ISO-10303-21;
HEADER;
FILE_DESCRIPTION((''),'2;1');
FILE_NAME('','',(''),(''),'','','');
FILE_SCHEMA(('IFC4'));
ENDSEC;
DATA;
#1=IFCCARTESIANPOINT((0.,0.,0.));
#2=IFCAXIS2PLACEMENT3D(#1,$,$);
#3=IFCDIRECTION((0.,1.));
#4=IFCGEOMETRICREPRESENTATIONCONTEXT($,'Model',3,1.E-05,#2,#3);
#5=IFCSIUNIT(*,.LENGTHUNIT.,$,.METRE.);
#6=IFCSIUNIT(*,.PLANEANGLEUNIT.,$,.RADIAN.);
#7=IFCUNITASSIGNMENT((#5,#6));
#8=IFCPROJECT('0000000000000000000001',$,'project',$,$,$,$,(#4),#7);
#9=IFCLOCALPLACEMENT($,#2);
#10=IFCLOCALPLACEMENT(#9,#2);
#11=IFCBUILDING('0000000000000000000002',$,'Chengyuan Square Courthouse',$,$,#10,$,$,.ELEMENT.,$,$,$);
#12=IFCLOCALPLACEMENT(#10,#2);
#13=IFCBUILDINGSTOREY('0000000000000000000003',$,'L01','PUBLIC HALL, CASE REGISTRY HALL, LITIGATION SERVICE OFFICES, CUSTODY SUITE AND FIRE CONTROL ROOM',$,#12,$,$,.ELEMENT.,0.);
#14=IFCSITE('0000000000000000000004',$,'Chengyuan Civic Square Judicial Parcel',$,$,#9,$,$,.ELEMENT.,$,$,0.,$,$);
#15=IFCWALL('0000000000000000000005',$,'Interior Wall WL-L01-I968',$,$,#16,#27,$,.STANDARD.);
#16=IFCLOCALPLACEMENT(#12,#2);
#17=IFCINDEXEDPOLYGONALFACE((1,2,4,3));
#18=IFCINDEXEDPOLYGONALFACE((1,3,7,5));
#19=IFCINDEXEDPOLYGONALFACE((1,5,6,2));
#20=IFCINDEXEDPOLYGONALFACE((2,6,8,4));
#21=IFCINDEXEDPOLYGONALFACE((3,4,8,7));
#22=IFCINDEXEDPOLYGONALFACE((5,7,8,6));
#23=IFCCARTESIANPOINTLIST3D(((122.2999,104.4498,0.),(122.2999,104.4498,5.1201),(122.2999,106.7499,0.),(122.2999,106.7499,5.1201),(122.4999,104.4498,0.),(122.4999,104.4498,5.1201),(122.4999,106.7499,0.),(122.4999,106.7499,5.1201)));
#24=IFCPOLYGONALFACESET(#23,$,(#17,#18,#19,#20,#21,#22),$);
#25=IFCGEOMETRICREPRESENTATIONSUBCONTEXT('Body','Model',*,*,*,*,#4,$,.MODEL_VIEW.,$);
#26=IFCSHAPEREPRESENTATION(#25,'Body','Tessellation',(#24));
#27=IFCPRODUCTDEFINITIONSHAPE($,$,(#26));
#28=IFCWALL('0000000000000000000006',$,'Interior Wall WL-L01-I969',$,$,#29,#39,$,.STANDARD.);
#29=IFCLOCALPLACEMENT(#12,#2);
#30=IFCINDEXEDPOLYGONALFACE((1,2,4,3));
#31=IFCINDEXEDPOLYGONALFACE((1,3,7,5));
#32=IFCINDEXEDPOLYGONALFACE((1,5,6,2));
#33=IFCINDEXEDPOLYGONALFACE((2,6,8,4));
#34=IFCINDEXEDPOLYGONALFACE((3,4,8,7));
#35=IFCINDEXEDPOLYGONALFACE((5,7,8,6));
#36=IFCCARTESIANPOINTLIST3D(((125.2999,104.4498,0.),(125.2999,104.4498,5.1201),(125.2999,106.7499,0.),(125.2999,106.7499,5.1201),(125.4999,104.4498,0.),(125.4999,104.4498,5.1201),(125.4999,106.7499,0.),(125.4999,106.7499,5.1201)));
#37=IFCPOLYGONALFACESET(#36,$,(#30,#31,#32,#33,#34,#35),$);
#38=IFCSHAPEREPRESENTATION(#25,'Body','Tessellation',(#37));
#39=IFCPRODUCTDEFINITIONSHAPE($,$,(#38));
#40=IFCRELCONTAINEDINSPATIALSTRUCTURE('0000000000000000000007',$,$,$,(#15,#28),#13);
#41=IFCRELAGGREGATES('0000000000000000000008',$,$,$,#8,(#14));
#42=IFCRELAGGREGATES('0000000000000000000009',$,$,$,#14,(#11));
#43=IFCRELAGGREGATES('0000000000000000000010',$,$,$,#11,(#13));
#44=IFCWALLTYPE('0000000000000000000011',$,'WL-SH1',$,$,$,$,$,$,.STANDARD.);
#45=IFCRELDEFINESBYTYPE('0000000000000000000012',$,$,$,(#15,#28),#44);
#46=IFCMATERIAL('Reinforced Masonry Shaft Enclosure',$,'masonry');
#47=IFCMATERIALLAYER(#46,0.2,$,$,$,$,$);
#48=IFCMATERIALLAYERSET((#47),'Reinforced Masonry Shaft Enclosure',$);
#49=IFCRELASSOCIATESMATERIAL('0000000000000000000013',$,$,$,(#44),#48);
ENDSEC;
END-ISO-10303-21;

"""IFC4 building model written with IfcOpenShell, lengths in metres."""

from ifc_helpers import new_model, si_unit, direction, frame, frame_2d, origin, place, context, subcontext, project, spatial, rectangle, extrude, material, layer, layer_set, type_object, element, save


model = new_model("IFC4")

# Units and contexts
model_context = context("Model", 3, precision=1e-05, world=origin(), true_north=direction((0.0, 1.0)))
body_context = subcontext(model_context, "Body", "Model", "MODEL_VIEW")
ifc_project = project(units=[si_unit("LENGTHUNIT", "METRE"), si_unit("PLANEANGLEUNIT", "RADIAN")], contexts=[model_context])

# Site, building, storey
site_placement = place(None, origin())
site = spatial("IfcSite", under=ifc_project, at=site_placement, Name="Chengyuan Civic Square Judicial Parcel", CompositionType="ELEMENT", RefElevation=0.0)
building_placement = place(site_placement, origin())
building = spatial("IfcBuilding", under=site, at=building_placement, Name="Chengyuan Square Courthouse", CompositionType="ELEMENT")
storey_placement = place(building_placement, origin())
storey = spatial("IfcBuildingStorey", under=building, at=storey_placement, Name="L01", Description="PUBLIC HALL, CASE REGISTRY HALL, LITIGATION SERVICE OFFICES, CUSTODY SUITE AND FIRE CONTROL ROOM", CompositionType="ELEMENT", Elevation=0.0)

# Shared definitions
ifc_material_1 = material(Name="Reinforced Masonry Shaft Enclosure", Category="masonry")
ifc_layer_1 = layer(ifc_material_1, 0.2)
ifc_layer_set_1 = layer_set([ifc_layer_1], Name="Reinforced Masonry Shaft Enclosure")
wall_type_1 = type_object("IfcWallType", Name="WL-SH1", PredefinedType="STANDARD", material=ifc_layer_set_1)

# Walls
for number, where, z_axis, x_axis, name in (
    (1, (122.3999, 104.45, 0.0), (0.0, 0.0, 1.0), (0.0, 1.0, 0.0), "Interior Wall WL-L01-I968"),
    (2, (125.3999, 104.45, 0.0), (0.0, 0.0, 1.0), (0.0, 1.0, 0.0), "Interior Wall WL-L01-I969"),
):
    element("IfcWall", number, at=place(storey_placement, frame(where, z_axis=z_axis, x_axis=x_axis)), inside=storey, type_object=wall_type_1, Name=name, PredefinedType="STANDARD", context=body_context, shape_type="SweptSolid", body=[
        extrude(rectangle(XDim=2.3, YDim=0.2, at=frame_2d((1.1499, 0.0))), origin(), (0.0, 0.0, 1.0), 5.1201),
    ])

save(model, "model.ifc")
